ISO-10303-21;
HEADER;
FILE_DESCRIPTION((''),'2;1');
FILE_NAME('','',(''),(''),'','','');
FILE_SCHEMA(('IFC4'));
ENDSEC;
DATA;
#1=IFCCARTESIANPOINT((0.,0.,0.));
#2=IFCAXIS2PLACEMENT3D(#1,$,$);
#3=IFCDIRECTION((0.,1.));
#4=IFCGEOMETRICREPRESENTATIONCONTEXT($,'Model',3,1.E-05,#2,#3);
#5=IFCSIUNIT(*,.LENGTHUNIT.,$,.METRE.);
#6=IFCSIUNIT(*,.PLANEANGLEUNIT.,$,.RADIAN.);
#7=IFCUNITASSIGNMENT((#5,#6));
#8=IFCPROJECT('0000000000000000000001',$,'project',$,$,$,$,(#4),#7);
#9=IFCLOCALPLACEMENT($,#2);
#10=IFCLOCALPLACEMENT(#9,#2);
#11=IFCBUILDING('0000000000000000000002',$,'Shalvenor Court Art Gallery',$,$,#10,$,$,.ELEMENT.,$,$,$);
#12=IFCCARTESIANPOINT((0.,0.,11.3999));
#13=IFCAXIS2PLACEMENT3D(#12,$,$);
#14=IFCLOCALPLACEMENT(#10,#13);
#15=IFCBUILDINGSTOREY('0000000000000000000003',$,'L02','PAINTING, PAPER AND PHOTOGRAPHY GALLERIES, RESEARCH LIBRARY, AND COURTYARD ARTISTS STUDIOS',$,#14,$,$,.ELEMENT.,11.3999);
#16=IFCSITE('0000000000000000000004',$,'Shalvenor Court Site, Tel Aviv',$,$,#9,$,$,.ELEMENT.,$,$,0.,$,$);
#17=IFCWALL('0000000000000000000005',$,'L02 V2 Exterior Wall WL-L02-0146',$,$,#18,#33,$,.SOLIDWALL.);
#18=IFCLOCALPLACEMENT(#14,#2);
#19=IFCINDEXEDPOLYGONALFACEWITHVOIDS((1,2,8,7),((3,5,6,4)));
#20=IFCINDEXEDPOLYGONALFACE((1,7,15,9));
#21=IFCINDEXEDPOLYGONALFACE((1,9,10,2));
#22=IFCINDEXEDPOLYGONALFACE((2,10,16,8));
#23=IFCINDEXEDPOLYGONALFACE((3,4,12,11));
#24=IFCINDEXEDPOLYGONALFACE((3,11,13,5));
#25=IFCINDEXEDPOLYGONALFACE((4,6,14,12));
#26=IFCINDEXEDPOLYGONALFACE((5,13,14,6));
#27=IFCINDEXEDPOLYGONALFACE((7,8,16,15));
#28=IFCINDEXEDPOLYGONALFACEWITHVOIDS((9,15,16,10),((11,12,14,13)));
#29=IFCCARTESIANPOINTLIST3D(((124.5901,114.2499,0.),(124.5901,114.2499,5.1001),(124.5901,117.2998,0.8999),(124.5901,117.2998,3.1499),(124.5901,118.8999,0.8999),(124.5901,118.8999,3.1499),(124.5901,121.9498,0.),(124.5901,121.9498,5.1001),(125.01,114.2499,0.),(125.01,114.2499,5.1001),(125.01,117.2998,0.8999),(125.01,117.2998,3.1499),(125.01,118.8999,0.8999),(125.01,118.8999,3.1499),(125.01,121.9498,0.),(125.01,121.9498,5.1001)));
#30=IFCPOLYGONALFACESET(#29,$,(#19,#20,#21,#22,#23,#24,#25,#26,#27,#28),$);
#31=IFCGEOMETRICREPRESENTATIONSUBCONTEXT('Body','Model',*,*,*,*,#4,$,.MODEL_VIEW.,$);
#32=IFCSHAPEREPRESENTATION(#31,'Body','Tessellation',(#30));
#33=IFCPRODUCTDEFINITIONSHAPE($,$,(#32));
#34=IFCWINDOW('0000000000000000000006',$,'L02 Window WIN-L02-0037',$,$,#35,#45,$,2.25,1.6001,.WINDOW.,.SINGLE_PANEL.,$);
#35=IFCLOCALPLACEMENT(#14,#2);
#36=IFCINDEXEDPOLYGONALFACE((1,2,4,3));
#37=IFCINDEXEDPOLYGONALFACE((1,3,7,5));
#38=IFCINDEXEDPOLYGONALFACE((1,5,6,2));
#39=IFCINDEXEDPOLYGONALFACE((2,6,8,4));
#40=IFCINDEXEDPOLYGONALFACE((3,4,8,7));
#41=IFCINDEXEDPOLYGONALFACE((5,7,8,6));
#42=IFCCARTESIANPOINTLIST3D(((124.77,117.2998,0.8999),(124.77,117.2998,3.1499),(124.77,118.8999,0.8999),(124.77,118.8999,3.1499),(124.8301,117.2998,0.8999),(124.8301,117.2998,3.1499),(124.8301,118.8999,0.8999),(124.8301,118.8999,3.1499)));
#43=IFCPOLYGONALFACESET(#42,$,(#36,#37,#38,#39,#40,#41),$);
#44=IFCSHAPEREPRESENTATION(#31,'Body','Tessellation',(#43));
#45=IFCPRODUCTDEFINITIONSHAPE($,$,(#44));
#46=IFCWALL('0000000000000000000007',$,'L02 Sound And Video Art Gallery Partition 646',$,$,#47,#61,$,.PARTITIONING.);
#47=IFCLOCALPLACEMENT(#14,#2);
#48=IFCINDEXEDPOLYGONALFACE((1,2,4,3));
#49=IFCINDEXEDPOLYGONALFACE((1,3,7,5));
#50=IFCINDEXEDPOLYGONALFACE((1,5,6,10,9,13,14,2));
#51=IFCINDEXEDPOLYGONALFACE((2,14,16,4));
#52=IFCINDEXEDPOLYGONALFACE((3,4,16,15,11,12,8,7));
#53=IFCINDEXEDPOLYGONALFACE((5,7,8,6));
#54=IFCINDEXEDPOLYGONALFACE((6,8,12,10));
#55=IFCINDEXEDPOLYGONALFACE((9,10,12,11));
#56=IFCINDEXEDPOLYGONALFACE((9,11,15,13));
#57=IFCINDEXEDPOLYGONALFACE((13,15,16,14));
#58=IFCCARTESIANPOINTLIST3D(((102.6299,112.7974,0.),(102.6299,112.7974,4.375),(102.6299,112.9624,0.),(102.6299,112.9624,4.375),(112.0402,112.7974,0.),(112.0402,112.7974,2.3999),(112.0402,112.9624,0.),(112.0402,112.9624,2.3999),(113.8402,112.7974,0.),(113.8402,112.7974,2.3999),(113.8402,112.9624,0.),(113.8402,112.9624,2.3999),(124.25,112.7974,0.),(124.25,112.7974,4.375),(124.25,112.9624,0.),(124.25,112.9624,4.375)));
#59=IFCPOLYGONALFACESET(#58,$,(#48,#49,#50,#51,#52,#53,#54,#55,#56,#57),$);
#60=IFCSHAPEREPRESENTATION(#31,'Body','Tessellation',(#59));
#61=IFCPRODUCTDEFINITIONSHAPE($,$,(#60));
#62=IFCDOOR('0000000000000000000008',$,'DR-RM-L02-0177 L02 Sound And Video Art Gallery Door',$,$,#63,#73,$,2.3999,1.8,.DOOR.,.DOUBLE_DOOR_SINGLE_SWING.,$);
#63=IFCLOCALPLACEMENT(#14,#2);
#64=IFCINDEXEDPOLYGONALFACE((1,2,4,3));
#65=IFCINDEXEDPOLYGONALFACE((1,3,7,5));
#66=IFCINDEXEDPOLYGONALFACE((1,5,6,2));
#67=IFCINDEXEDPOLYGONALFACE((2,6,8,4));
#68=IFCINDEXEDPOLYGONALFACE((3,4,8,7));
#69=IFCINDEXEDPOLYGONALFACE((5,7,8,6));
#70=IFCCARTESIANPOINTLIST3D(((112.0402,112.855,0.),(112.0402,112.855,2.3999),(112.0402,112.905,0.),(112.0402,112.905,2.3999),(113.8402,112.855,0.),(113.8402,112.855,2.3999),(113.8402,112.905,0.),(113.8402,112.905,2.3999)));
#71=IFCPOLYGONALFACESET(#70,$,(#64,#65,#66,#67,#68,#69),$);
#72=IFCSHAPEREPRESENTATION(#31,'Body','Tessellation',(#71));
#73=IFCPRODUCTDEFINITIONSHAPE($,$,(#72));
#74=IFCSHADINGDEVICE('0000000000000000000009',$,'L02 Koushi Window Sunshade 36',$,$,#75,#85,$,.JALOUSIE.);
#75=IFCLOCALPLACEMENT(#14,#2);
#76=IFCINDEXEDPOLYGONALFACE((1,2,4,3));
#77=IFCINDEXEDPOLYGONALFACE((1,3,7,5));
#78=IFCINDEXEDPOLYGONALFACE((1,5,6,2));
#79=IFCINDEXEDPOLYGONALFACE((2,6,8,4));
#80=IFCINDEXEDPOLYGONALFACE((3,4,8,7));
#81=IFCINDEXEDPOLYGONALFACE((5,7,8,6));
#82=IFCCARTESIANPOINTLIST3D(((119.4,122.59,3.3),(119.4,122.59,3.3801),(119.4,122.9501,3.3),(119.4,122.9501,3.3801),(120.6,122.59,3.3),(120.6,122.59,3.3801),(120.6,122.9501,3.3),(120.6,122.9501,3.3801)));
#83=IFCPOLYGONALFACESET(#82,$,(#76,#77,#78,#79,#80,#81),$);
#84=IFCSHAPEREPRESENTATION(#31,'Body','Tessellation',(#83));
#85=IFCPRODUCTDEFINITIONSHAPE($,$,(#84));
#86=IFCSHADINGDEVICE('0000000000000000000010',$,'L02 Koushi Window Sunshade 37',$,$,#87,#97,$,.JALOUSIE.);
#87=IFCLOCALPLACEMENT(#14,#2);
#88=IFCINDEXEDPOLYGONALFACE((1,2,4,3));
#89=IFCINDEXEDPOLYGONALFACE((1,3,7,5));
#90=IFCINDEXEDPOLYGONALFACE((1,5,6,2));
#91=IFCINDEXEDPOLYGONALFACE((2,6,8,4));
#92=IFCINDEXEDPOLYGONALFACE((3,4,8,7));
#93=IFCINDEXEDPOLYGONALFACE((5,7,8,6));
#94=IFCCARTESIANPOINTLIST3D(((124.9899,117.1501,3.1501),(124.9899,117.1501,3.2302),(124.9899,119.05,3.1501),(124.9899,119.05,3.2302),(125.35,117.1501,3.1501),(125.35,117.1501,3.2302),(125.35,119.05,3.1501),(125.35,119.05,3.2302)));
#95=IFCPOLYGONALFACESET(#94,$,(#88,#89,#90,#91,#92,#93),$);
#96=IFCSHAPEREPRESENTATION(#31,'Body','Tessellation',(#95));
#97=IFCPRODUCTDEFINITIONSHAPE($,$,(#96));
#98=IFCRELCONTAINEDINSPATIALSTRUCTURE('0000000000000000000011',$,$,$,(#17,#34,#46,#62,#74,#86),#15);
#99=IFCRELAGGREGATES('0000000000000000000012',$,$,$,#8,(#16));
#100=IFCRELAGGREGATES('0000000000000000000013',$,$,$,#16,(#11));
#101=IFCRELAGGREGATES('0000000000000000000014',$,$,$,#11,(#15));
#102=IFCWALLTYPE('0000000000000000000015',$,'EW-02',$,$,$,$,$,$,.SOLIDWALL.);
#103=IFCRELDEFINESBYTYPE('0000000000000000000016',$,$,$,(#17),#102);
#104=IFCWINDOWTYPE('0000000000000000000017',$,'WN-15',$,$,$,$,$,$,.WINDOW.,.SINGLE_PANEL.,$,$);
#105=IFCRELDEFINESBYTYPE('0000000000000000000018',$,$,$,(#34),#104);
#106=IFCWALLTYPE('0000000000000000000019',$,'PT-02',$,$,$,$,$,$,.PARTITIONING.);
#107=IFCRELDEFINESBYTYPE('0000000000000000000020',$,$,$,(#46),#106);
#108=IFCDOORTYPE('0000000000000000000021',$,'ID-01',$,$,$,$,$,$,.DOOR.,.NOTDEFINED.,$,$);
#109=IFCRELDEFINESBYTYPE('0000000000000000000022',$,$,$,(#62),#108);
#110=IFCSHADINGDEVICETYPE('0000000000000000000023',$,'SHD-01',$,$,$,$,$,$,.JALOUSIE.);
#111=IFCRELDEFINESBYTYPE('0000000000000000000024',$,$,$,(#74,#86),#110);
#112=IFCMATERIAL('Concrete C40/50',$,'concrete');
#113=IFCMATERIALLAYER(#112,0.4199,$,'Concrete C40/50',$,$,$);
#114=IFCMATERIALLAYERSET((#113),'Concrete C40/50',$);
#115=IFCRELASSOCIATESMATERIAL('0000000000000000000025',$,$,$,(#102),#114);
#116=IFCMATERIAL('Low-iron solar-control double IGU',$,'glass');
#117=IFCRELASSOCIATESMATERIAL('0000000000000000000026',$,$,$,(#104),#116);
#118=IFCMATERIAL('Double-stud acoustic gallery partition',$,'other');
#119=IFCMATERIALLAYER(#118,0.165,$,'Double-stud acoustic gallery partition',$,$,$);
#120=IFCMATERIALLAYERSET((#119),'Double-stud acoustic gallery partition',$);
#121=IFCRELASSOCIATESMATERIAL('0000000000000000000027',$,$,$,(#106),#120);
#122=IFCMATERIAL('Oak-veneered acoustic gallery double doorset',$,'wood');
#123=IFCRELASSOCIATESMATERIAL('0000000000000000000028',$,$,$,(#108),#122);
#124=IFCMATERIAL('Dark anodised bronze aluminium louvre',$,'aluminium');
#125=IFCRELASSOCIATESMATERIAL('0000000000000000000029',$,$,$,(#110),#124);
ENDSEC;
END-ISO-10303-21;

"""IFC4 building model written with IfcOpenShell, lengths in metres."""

from ifc_helpers import new_model, si_unit, direction, frame, frame_2d, origin, origin_2d, place, context, subcontext, project, spatial, rectangle, extrude, material, layer, layer_set, type_object, element, fill, save


model = new_model("IFC4")

# Units and contexts
model_context = context("Model", 3, precision=1e-05, world=origin(), true_north=direction((0.0, 1.0)))
body_context = subcontext(model_context, "Body", "Model", "MODEL_VIEW")
ifc_project = project(units=[si_unit("LENGTHUNIT", "METRE"), si_unit("PLANEANGLEUNIT", "RADIAN")], contexts=[model_context])

# Site, building, storey
site_placement = place(None, origin())
site = spatial("IfcSite", under=ifc_project, at=site_placement, Name="Shalvenor Court Site, Tel Aviv", CompositionType="ELEMENT", RefElevation=0.0)
building_placement = place(site_placement, origin())
building = spatial("IfcBuilding", under=site, at=building_placement, Name="Shalvenor Court Art Gallery", CompositionType="ELEMENT")
storey_placement = place(building_placement, frame((0.0, 0.0, 11.3999)))
storey = spatial("IfcBuildingStorey", under=building, at=storey_placement, Name="L02", Description="PAINTING, PAPER AND PHOTOGRAPHY GALLERIES, RESEARCH LIBRARY, AND COURTYARD ARTISTS STUDIOS", CompositionType="ELEMENT", Elevation=11.3999)

# Wall, opening, window
ifc_material_1 = material(Name="Concrete C40/50", Category="concrete")
ifc_layer_1 = layer(ifc_material_1, 0.4199, Name="Concrete C40/50")
ifc_layer_set_1 = layer_set([ifc_layer_1], Name="Concrete C40/50")
wall_type_1 = type_object("IfcWallType", Name="EW-02", PredefinedType="SOLIDWALL", material=ifc_layer_set_1)
wall_1_placement = place(storey_placement, frame((124.8, 121.95, 0.0), z_axis=(0.0, 0.0, 1.0), x_axis=(0.0, -1.0, 0.0)))
wall_1 = element("IfcWall", 1, at=wall_1_placement, inside=storey, type_object=wall_type_1, Name="L02 V2 Exterior Wall WL-L02-0146", PredefinedType="SOLIDWALL", context=body_context, shape_type="SweptSolid", body=[
    extrude(rectangle(XDim=7.7, YDim=0.4199, at=frame_2d((3.8501, 0.0))), origin(), (0.0, 0.0, 1.0), 5.1001),
])
opening_1_placement = place(wall_1_placement, frame((3.05, 0.0, 0.8999)))
opening_1 = element("IfcOpeningElement", 2, at=opening_1_placement, cuts=wall_1, PredefinedType="OPENING", context=body_context, shape_type="SweptSolid", body=[
    extrude(rectangle(XDim=1.6001, YDim=2.25, at=frame_2d((0.8, 1.125))), frame((0.0, 0.22, 0.0), z_axis=(0.0, -1.0, 0.0), x_axis=(1.0, 0.0, 0.0)), (0.0, 0.0, 1.0), 0.4399),
])
ifc_material_2 = material(Name="Low-iron solar-control double IGU", Category="glass")
window_type_1 = type_object("IfcWindowType", Name="WN-15", PartitioningType="SINGLE_PANEL", PredefinedType="WINDOW", material=ifc_material_2)
window_1_placement = place(opening_1_placement, origin())
window_1 = element("IfcWindow", 3, at=window_1_placement, inside=storey, type_object=window_type_1, Name="L02 Window WIN-L02-0037", OverallHeight=2.25, OverallWidth=1.6001, PartitioningType="SINGLE_PANEL", PredefinedType="WINDOW", context=body_context, shape_type="SweptSolid", body=[
    extrude(rectangle(XDim=1.6001, YDim=2.25, at=frame_2d((0.8, 1.125))), frame((0.0, 0.03, 0.0), z_axis=(0.0, -1.0, 0.0), x_axis=(1.0, 0.0, 0.0)), (0.0, 0.0, 1.0), 0.0601),
])
fill(opening_1, window_1)

# Wall, opening, door
ifc_material_3 = material(Name="Double-stud acoustic gallery partition", Category="other")
ifc_layer_2 = layer(ifc_material_3, 0.165, Name="Double-stud acoustic gallery partition")
ifc_layer_set_2 = layer_set([ifc_layer_2], Name="Double-stud acoustic gallery partition")
wall_type_2 = type_object("IfcWallType", Name="PT-02", PredefinedType="PARTITIONING", material=ifc_layer_set_2)
wall_2_placement = place(storey_placement, frame((124.25, 112.8799, 0.0), z_axis=(0.0, 0.0, 1.0), x_axis=(-1.0, 0.0, 0.0)))
wall_2 = element("IfcWall", 4, at=wall_2_placement, inside=storey, type_object=wall_type_2, Name="L02 Sound And Video Art Gallery Partition 646", PredefinedType="PARTITIONING", context=body_context, shape_type="SweptSolid", body=[
    extrude(rectangle(XDim=21.6201, YDim=0.165, at=frame_2d((10.8101, 0.0))), origin(), (0.0, 0.0, 1.0), 4.375),
])
opening_2_placement = place(wall_2_placement, frame((10.4099, 0.0, 0.0)))
opening_2 = element("IfcOpeningElement", 5, at=opening_2_placement, cuts=wall_2, PredefinedType="OPENING", context=body_context, shape_type="SweptSolid", body=[
    extrude(rectangle(XDim=1.8, YDim=2.3999, at=frame_2d((0.8999, 1.2))), frame((0.0, 0.0925, 0.0), z_axis=(0.0, -1.0, 0.0), x_axis=(1.0, 0.0, 0.0)), (0.0, 0.0, 1.0), 0.1851),
])
ifc_material_4 = material(Name="Oak-veneered acoustic gallery double doorset", Category="wood")
door_type = type_object("IfcDoorType", Name="ID-01", OperationType="NOTDEFINED", PredefinedType="DOOR", material=ifc_material_4)
door_placement = place(opening_2_placement, origin())
door = element("IfcDoor", 6, at=door_placement, inside=storey, type_object=door_type, Name="DR-RM-L02-0177 L02 Sound And Video Art Gallery Door", OperationType="DOUBLE_DOOR_SINGLE_SWING", OverallHeight=2.3999, OverallWidth=1.8, PredefinedType="DOOR", context=body_context, shape_type="SweptSolid", body=[
    extrude(rectangle(XDim=1.8, YDim=2.3999, at=frame_2d((0.8999, 1.2))), frame((0.0, 0.0249, 0.0), z_axis=(0.0, -1.0, 0.0), x_axis=(1.0, 0.0, 0.0)), (0.0, 0.0, 1.0), 0.05),
])
fill(opening_2, door)

# Shading devices
ifc_material_5 = material(Name="Dark anodised bronze aluminium louvre", Category="aluminium")
shading_device_type = type_object("IfcShadingDeviceType", Name="SHD-01", PredefinedType="JALOUSIE", material=ifc_material_5)
shading_device_1_placement = place(storey_placement, frame((120.0, 122.77, 3.3), z_axis=(0.0, 0.0, 1.0), x_axis=(1.0, 0.0, 0.0)))
element("IfcShadingDevice", 7, at=shading_device_1_placement, inside=storey, type_object=shading_device_type, Name="L02 Koushi Window Sunshade 36", PredefinedType="JALOUSIE", context=body_context, shape_type="SweptSolid", body=[
    extrude(rectangle(XDim=1.2, YDim=0.3601, at=origin_2d()), origin(), (0.0, 0.0, 1.0), 0.0801),
])
shading_device_2_placement = place(storey_placement, frame((125.1699, 118.1001, 3.1501), z_axis=(0.0, 0.0, 1.0), x_axis=(0.0, -1.0, 0.0)))
element("IfcShadingDevice", 8, at=shading_device_2_placement, inside=storey, type_object=shading_device_type, Name="L02 Koushi Window Sunshade 37", PredefinedType="JALOUSIE", context=body_context, shape_type="SweptSolid", body=[
    extrude(rectangle(XDim=1.8999, YDim=0.3601, at=origin_2d()), origin(), (0.0, 0.0, 1.0), 0.0801),
])

save(model, "model.ifc")
